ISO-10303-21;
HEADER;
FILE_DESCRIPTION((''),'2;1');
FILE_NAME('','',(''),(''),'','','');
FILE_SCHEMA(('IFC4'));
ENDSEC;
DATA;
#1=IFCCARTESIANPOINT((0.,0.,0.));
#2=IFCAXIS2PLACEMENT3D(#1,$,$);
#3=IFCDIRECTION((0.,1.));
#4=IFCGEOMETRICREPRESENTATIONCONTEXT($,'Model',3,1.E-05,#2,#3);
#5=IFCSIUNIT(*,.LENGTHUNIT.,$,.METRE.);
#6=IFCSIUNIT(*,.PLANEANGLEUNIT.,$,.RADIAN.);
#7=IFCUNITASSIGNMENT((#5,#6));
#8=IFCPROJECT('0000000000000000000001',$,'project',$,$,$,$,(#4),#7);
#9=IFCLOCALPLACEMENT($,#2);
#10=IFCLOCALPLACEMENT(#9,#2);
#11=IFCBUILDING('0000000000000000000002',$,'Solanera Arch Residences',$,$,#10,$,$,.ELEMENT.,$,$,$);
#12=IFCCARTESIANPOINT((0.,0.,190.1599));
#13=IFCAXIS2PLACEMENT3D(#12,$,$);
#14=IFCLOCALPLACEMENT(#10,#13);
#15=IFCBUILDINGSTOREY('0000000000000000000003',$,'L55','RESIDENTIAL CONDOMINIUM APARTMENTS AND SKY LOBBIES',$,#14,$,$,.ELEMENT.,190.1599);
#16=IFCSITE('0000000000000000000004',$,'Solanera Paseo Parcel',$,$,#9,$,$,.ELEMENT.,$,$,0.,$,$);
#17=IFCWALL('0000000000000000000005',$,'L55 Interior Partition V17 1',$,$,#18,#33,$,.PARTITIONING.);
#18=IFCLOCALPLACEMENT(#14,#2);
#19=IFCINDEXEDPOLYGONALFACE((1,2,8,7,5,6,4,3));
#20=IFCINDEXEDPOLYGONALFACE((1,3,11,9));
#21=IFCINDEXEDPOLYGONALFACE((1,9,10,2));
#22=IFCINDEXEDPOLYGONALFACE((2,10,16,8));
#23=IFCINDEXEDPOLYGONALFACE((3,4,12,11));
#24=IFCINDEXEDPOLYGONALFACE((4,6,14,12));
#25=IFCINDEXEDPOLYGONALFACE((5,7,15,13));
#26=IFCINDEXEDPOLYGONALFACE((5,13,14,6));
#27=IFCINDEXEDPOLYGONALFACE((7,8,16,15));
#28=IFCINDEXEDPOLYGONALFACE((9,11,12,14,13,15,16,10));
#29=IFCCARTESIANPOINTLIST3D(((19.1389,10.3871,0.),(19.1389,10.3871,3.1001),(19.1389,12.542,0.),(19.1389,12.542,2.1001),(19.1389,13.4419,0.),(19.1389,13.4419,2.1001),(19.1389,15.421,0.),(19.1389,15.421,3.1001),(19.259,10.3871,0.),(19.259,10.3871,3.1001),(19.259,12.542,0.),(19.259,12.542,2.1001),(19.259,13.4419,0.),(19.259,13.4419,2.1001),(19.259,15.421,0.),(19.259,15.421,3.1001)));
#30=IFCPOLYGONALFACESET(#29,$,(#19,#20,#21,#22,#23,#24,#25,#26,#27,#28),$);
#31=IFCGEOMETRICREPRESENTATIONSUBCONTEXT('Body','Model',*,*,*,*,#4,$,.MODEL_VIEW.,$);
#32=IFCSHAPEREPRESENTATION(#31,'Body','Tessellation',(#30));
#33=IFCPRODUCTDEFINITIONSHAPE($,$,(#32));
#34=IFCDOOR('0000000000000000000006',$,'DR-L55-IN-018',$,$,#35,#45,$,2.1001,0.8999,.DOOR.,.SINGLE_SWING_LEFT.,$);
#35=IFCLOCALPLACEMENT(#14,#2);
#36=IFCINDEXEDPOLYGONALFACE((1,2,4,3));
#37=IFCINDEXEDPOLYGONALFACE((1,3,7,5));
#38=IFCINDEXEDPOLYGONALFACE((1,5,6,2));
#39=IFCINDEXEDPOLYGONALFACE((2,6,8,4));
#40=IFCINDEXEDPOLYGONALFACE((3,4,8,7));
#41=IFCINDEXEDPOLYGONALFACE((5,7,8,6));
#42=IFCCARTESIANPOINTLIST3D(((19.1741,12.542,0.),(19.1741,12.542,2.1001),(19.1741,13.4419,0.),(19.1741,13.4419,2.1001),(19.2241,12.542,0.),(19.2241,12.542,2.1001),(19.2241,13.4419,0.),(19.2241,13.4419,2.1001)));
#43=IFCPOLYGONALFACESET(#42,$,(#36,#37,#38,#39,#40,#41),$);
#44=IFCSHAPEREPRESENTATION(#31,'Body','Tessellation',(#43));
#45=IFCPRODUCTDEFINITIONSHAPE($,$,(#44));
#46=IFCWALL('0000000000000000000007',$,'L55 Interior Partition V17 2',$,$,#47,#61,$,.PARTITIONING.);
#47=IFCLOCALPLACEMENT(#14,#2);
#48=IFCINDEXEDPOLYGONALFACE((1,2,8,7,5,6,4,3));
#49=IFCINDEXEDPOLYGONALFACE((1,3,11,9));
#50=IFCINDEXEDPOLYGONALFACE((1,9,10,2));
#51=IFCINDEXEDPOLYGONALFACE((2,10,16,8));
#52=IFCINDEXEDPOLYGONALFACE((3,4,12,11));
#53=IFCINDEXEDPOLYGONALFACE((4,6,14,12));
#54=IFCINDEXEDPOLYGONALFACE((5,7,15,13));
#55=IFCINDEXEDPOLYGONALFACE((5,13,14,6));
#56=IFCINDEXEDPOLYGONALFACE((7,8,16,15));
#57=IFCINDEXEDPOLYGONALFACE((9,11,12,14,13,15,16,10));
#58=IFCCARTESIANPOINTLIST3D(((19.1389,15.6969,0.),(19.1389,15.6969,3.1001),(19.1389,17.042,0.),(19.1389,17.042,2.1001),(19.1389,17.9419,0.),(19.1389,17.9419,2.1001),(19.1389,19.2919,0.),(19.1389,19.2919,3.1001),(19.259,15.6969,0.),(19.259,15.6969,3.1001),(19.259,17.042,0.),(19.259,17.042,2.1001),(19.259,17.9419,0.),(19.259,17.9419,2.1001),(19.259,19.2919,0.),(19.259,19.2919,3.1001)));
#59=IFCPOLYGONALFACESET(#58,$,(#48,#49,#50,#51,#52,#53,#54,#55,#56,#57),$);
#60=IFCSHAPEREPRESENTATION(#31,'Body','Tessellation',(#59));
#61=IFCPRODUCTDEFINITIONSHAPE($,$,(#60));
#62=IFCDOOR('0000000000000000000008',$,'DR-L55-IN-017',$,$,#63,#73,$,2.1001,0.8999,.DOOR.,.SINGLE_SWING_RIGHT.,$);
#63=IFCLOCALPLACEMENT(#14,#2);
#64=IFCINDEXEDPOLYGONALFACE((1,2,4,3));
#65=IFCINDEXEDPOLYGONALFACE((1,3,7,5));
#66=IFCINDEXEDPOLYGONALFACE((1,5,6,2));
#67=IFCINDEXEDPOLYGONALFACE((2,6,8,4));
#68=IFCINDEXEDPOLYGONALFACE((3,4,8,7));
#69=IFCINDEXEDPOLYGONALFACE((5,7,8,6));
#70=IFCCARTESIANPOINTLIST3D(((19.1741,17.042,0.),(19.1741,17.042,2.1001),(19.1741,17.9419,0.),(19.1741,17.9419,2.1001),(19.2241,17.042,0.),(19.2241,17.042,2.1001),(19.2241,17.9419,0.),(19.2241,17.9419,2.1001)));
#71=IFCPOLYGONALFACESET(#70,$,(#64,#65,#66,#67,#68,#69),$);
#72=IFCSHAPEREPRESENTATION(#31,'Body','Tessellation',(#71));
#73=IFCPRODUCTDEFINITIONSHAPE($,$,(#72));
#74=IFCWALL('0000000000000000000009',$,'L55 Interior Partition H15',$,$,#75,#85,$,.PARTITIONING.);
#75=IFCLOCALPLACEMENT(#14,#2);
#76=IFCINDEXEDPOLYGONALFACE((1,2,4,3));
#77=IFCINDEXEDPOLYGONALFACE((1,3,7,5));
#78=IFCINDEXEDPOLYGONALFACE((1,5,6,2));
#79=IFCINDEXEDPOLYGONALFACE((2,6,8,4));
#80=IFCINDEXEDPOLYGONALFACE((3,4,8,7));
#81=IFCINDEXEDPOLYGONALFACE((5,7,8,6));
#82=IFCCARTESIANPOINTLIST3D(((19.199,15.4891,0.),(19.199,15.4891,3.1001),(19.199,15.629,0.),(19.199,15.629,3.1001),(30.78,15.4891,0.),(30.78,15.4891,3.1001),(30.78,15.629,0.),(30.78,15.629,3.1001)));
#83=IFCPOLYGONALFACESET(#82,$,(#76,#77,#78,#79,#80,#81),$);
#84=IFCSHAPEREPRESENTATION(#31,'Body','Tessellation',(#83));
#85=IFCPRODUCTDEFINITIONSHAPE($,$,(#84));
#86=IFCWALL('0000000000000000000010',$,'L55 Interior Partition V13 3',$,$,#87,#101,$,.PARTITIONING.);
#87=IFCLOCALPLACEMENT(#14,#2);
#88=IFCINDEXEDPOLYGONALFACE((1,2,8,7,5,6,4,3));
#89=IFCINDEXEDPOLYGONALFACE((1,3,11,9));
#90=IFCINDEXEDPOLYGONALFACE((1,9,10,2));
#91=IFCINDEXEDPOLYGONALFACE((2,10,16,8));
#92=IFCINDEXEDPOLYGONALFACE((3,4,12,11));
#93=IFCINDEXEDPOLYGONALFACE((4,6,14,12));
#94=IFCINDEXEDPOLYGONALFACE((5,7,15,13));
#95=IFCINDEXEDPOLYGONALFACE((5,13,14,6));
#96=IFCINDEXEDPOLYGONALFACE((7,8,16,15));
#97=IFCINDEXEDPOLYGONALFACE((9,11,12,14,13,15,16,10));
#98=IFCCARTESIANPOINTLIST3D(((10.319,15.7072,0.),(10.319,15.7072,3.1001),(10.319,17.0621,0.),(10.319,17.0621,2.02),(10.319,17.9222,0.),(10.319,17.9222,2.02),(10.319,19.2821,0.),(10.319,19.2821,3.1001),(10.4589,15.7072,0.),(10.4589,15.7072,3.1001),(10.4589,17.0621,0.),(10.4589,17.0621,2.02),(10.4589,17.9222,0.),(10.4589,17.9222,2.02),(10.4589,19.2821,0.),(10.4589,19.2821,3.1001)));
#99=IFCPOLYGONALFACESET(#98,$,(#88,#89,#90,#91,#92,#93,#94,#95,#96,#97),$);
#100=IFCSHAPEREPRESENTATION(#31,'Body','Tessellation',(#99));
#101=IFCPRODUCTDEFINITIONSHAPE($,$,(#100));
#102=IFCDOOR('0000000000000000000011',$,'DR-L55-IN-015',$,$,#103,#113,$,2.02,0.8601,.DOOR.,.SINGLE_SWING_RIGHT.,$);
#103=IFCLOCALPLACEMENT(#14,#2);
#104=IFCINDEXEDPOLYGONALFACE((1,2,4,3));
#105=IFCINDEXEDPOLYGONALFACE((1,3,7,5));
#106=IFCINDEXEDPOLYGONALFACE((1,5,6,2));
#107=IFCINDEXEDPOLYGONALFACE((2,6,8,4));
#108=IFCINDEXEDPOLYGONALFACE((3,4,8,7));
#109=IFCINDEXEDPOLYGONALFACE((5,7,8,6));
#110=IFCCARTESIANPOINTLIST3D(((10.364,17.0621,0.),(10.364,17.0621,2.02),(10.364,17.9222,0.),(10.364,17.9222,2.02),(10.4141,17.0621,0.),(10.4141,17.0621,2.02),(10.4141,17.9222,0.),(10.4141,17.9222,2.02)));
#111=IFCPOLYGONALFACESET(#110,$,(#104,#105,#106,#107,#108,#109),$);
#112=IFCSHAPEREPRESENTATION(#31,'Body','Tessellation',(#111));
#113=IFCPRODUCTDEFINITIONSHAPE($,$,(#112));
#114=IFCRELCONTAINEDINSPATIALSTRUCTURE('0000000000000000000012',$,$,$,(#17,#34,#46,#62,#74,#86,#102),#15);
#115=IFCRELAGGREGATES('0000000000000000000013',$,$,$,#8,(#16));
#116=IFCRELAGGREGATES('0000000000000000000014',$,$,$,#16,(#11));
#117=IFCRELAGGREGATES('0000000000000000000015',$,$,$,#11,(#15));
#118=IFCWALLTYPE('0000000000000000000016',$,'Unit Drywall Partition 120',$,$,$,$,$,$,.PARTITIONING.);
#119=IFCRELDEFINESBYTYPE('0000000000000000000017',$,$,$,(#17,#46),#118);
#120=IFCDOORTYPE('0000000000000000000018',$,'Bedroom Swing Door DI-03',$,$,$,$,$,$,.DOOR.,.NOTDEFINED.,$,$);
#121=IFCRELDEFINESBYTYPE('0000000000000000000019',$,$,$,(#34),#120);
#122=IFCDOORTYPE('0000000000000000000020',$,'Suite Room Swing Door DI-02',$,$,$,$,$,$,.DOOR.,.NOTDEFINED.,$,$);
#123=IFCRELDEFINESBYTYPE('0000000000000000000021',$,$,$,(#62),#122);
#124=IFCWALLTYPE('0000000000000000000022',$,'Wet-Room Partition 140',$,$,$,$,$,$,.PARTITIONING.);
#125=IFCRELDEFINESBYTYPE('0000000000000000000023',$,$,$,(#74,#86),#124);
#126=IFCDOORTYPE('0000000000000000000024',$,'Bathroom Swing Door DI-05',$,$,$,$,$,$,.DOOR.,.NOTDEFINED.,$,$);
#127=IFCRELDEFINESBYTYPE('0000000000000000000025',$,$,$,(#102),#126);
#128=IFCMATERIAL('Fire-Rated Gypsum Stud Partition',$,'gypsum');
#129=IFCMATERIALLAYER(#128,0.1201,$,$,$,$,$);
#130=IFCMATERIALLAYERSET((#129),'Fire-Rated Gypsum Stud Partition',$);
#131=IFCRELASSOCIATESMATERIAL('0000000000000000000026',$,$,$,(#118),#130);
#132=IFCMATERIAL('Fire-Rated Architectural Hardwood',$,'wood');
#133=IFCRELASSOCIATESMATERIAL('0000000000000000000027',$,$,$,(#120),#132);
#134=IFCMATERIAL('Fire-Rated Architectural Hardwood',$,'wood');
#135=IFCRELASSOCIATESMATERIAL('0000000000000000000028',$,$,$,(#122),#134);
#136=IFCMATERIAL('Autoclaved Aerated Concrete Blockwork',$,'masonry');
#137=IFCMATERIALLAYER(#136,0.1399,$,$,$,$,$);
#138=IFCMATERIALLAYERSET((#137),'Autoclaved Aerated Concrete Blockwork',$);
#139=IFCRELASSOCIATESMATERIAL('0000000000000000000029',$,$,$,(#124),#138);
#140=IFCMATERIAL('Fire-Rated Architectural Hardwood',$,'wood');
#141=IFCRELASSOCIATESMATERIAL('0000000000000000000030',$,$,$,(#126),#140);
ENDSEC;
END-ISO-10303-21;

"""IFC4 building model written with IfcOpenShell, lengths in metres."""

from ifc_helpers import new_model, si_unit, direction, frame, frame_2d, origin, place, context, subcontext, project, spatial, rectangle, extrude, material, layer, layer_set, type_object, element, fill, save


model = new_model("IFC4")

# Units and contexts
model_context = context("Model", 3, precision=1e-05, world=origin(), true_north=direction((0.0, 1.0)))
body_context = subcontext(model_context, "Body", "Model", "MODEL_VIEW")
ifc_project = project(units=[si_unit("LENGTHUNIT", "METRE"), si_unit("PLANEANGLEUNIT", "RADIAN")], contexts=[model_context])

# Site, building, storey
site_placement = place(None, origin())
site = spatial("IfcSite", under=ifc_project, at=site_placement, Name="Solanera Paseo Parcel", CompositionType="ELEMENT", RefElevation=0.0)
building_placement = place(site_placement, origin())
building = spatial("IfcBuilding", under=site, at=building_placement, Name="Solanera Arch Residences", CompositionType="ELEMENT")
storey_placement = place(building_placement, frame((0.0, 0.0, 190.1599)))
storey = spatial("IfcBuildingStorey", under=building, at=storey_placement, Name="L55", Description="RESIDENTIAL CONDOMINIUM APARTMENTS AND SKY LOBBIES", CompositionType="ELEMENT", Elevation=190.1599)

# Walls, openings, doors
ifc_material_1 = material(Name="Fire-Rated Gypsum Stud Partition", Category="gypsum")
ifc_layer_1 = layer(ifc_material_1, 0.1201)
ifc_layer_set_1 = layer_set([ifc_layer_1], Name="Fire-Rated Gypsum Stud Partition")
wall_type_1 = type_object("IfcWallType", Name="Unit Drywall Partition 120", PredefinedType="PARTITIONING", material=ifc_layer_set_1)
wall_1_placement = place(storey_placement, frame((19.199, 10.387, 0.0), z_axis=(0.0, 0.0, 1.0), x_axis=(0.0, 1.0, 0.0)))
wall_1 = element("IfcWall", 1, at=wall_1_placement, inside=storey, type_object=wall_type_1, Name="L55 Interior Partition V17 1", PredefinedType="PARTITIONING", context=body_context, shape_type="SweptSolid", body=[
    extrude(rectangle(XDim=5.0339, YDim=0.1201, at=frame_2d((2.5171, 0.0))), origin(), (0.0, 0.0, 1.0), 3.1001),
])
opening_1_placement = place(wall_1_placement, frame((2.155, 0.0, 0.0)))
opening_1 = element("IfcOpeningElement", 2, at=opening_1_placement, cuts=wall_1, PredefinedType="OPENING", context=body_context, shape_type="SweptSolid", body=[
    extrude(rectangle(XDim=0.8999, YDim=2.1001, at=frame_2d((0.45, 1.05))), frame((0.0, 0.0701, 0.0), z_axis=(0.0, -1.0, 0.0), x_axis=(1.0, 0.0, 0.0)), (0.0, 0.0, 1.0), 0.1401),
])
ifc_material_2 = material(Name="Fire-Rated Architectural Hardwood", Category="wood")
door_type_1 = type_object("IfcDoorType", Name="Bedroom Swing Door DI-03", OperationType="NOTDEFINED", PredefinedType="DOOR", material=ifc_material_2)
door_1_placement = place(opening_1_placement, origin())
door_1 = element("IfcDoor", 3, at=door_1_placement, inside=storey, type_object=door_type_1, Name="DR-L55-IN-018", OperationType="SINGLE_SWING_LEFT", OverallHeight=2.1001, OverallWidth=0.8999, PredefinedType="DOOR", context=body_context, shape_type="SweptSolid", body=[
    extrude(rectangle(XDim=0.8999, YDim=2.1001, at=frame_2d((0.45, 1.05))), frame((0.0, 0.0249, 0.0), z_axis=(0.0, -1.0, 0.0), x_axis=(1.0, 0.0, 0.0)), (0.0, 0.0, 1.0), 0.05),
])
fill(opening_1, door_1)
wall_2_placement = place(storey_placement, frame((19.199, 15.697, 0.0), z_axis=(0.0, 0.0, 1.0), x_axis=(0.0, 1.0, 0.0)))
wall_2 = element("IfcWall", 4, at=wall_2_placement, inside=storey, type_object=wall_type_1, Name="L55 Interior Partition V17 2", PredefinedType="PARTITIONING", context=body_context, shape_type="SweptSolid", body=[
    extrude(rectangle(XDim=3.595, YDim=0.1201, at=frame_2d((1.7974, 0.0))), origin(), (0.0, 0.0, 1.0), 3.1001),
])
opening_2_placement = place(wall_2_placement, frame((1.345, 0.0, 0.0)))
opening_2 = element("IfcOpeningElement", 5, at=opening_2_placement, cuts=wall_2, PredefinedType="OPENING", context=body_context, shape_type="SweptSolid", body=[
    extrude(rectangle(XDim=0.8999, YDim=2.1001, at=frame_2d((0.45, 1.05))), frame((0.0, 0.0701, 0.0), z_axis=(0.0, -1.0, 0.0), x_axis=(1.0, 0.0, 0.0)), (0.0, 0.0, 1.0), 0.1401),
])
ifc_material_3 = material(Name="Fire-Rated Architectural Hardwood", Category="wood")
door_type_2 = type_object("IfcDoorType", Name="Suite Room Swing Door DI-02", OperationType="NOTDEFINED", PredefinedType="DOOR", material=ifc_material_3)
door_2_placement = place(opening_2_placement, origin())
door_2 = element("IfcDoor", 6, at=door_2_placement, inside=storey, type_object=door_type_2, Name="DR-L55-IN-017", OperationType="SINGLE_SWING_RIGHT", OverallHeight=2.1001, OverallWidth=0.8999, PredefinedType="DOOR", context=body_context, shape_type="SweptSolid", body=[
    extrude(rectangle(XDim=0.8999, YDim=2.1001, at=frame_2d((0.45, 1.05))), frame((0.0, 0.0249, 0.0), z_axis=(0.0, -1.0, 0.0), x_axis=(1.0, 0.0, 0.0)), (0.0, 0.0, 1.0), 0.05),
])
fill(opening_2, door_2)

# Wall
ifc_material_4 = material(Name="Autoclaved Aerated Concrete Blockwork", Category="masonry")
ifc_layer_2 = layer(ifc_material_4, 0.1399)
ifc_layer_set_2 = layer_set([ifc_layer_2], Name="Autoclaved Aerated Concrete Blockwork")
wall_type_2 = type_object("IfcWallType", Name="Wet-Room Partition 140", PredefinedType="PARTITIONING", material=ifc_layer_set_2)
wall_3_placement = place(storey_placement, frame((19.199, 15.5591, 0.0), z_axis=(0.0, 0.0, 1.0), x_axis=(1.0, 0.0, 0.0)))
element("IfcWall", 7, at=wall_3_placement, inside=storey, type_object=wall_type_2, Name="L55 Interior Partition H15", PredefinedType="PARTITIONING", context=body_context, shape_type="SweptSolid", body=[
    extrude(rectangle(XDim=11.5811, YDim=0.1399, at=frame_2d((5.7905, 0.0))), origin(), (0.0, 0.0, 1.0), 3.1001),
])

# Wall, opening, door
wall_4_placement = place(storey_placement, frame((10.3889, 15.707, 0.0), z_axis=(0.0, 0.0, 1.0), x_axis=(0.0, 1.0, 0.0)))
wall_4 = element("IfcWall", 8, at=wall_4_placement, inside=storey, type_object=wall_type_2, Name="L55 Interior Partition V13 3", PredefinedType="PARTITIONING", context=body_context, shape_type="SweptSolid", body=[
    extrude(rectangle(XDim=3.575, YDim=0.1399, at=frame_2d((1.7876, 0.0))), origin(), (0.0, 0.0, 1.0), 3.1001),
])
opening_3_placement = place(wall_4_placement, frame((1.355, 0.0, 0.0)))
opening_3 = element("IfcOpeningElement", 9, at=opening_3_placement, cuts=wall_4, PredefinedType="OPENING", context=body_context, shape_type="SweptSolid", body=[
    extrude(rectangle(XDim=0.8601, YDim=2.02, at=frame_2d((0.4302, 1.01))), frame((0.0, 0.0798, 0.0), z_axis=(0.0, -1.0, 0.0), x_axis=(1.0, 0.0, 0.0)), (0.0, 0.0, 1.0), 0.1599),
])
ifc_material_5 = material(Name="Fire-Rated Architectural Hardwood", Category="wood")
door_type_3 = type_object("IfcDoorType", Name="Bathroom Swing Door DI-05", OperationType="NOTDEFINED", PredefinedType="DOOR", material=ifc_material_5)
door_3_placement = place(opening_3_placement, origin())
door_3 = element("IfcDoor", 10, at=door_3_placement, inside=storey, type_object=door_type_3, Name="DR-L55-IN-015", OperationType="SINGLE_SWING_RIGHT", OverallHeight=2.02, OverallWidth=0.8601, PredefinedType="DOOR", context=body_context, shape_type="SweptSolid", body=[
    extrude(rectangle(XDim=0.8601, YDim=2.02, at=frame_2d((0.4302, 1.01))), frame((0.0, 0.0249, 0.0), z_axis=(0.0, -1.0, 0.0), x_axis=(1.0, 0.0, 0.0)), (0.0, 0.0, 1.0), 0.05),
])
fill(opening_3, door_3)

save(model, "model.ifc")
